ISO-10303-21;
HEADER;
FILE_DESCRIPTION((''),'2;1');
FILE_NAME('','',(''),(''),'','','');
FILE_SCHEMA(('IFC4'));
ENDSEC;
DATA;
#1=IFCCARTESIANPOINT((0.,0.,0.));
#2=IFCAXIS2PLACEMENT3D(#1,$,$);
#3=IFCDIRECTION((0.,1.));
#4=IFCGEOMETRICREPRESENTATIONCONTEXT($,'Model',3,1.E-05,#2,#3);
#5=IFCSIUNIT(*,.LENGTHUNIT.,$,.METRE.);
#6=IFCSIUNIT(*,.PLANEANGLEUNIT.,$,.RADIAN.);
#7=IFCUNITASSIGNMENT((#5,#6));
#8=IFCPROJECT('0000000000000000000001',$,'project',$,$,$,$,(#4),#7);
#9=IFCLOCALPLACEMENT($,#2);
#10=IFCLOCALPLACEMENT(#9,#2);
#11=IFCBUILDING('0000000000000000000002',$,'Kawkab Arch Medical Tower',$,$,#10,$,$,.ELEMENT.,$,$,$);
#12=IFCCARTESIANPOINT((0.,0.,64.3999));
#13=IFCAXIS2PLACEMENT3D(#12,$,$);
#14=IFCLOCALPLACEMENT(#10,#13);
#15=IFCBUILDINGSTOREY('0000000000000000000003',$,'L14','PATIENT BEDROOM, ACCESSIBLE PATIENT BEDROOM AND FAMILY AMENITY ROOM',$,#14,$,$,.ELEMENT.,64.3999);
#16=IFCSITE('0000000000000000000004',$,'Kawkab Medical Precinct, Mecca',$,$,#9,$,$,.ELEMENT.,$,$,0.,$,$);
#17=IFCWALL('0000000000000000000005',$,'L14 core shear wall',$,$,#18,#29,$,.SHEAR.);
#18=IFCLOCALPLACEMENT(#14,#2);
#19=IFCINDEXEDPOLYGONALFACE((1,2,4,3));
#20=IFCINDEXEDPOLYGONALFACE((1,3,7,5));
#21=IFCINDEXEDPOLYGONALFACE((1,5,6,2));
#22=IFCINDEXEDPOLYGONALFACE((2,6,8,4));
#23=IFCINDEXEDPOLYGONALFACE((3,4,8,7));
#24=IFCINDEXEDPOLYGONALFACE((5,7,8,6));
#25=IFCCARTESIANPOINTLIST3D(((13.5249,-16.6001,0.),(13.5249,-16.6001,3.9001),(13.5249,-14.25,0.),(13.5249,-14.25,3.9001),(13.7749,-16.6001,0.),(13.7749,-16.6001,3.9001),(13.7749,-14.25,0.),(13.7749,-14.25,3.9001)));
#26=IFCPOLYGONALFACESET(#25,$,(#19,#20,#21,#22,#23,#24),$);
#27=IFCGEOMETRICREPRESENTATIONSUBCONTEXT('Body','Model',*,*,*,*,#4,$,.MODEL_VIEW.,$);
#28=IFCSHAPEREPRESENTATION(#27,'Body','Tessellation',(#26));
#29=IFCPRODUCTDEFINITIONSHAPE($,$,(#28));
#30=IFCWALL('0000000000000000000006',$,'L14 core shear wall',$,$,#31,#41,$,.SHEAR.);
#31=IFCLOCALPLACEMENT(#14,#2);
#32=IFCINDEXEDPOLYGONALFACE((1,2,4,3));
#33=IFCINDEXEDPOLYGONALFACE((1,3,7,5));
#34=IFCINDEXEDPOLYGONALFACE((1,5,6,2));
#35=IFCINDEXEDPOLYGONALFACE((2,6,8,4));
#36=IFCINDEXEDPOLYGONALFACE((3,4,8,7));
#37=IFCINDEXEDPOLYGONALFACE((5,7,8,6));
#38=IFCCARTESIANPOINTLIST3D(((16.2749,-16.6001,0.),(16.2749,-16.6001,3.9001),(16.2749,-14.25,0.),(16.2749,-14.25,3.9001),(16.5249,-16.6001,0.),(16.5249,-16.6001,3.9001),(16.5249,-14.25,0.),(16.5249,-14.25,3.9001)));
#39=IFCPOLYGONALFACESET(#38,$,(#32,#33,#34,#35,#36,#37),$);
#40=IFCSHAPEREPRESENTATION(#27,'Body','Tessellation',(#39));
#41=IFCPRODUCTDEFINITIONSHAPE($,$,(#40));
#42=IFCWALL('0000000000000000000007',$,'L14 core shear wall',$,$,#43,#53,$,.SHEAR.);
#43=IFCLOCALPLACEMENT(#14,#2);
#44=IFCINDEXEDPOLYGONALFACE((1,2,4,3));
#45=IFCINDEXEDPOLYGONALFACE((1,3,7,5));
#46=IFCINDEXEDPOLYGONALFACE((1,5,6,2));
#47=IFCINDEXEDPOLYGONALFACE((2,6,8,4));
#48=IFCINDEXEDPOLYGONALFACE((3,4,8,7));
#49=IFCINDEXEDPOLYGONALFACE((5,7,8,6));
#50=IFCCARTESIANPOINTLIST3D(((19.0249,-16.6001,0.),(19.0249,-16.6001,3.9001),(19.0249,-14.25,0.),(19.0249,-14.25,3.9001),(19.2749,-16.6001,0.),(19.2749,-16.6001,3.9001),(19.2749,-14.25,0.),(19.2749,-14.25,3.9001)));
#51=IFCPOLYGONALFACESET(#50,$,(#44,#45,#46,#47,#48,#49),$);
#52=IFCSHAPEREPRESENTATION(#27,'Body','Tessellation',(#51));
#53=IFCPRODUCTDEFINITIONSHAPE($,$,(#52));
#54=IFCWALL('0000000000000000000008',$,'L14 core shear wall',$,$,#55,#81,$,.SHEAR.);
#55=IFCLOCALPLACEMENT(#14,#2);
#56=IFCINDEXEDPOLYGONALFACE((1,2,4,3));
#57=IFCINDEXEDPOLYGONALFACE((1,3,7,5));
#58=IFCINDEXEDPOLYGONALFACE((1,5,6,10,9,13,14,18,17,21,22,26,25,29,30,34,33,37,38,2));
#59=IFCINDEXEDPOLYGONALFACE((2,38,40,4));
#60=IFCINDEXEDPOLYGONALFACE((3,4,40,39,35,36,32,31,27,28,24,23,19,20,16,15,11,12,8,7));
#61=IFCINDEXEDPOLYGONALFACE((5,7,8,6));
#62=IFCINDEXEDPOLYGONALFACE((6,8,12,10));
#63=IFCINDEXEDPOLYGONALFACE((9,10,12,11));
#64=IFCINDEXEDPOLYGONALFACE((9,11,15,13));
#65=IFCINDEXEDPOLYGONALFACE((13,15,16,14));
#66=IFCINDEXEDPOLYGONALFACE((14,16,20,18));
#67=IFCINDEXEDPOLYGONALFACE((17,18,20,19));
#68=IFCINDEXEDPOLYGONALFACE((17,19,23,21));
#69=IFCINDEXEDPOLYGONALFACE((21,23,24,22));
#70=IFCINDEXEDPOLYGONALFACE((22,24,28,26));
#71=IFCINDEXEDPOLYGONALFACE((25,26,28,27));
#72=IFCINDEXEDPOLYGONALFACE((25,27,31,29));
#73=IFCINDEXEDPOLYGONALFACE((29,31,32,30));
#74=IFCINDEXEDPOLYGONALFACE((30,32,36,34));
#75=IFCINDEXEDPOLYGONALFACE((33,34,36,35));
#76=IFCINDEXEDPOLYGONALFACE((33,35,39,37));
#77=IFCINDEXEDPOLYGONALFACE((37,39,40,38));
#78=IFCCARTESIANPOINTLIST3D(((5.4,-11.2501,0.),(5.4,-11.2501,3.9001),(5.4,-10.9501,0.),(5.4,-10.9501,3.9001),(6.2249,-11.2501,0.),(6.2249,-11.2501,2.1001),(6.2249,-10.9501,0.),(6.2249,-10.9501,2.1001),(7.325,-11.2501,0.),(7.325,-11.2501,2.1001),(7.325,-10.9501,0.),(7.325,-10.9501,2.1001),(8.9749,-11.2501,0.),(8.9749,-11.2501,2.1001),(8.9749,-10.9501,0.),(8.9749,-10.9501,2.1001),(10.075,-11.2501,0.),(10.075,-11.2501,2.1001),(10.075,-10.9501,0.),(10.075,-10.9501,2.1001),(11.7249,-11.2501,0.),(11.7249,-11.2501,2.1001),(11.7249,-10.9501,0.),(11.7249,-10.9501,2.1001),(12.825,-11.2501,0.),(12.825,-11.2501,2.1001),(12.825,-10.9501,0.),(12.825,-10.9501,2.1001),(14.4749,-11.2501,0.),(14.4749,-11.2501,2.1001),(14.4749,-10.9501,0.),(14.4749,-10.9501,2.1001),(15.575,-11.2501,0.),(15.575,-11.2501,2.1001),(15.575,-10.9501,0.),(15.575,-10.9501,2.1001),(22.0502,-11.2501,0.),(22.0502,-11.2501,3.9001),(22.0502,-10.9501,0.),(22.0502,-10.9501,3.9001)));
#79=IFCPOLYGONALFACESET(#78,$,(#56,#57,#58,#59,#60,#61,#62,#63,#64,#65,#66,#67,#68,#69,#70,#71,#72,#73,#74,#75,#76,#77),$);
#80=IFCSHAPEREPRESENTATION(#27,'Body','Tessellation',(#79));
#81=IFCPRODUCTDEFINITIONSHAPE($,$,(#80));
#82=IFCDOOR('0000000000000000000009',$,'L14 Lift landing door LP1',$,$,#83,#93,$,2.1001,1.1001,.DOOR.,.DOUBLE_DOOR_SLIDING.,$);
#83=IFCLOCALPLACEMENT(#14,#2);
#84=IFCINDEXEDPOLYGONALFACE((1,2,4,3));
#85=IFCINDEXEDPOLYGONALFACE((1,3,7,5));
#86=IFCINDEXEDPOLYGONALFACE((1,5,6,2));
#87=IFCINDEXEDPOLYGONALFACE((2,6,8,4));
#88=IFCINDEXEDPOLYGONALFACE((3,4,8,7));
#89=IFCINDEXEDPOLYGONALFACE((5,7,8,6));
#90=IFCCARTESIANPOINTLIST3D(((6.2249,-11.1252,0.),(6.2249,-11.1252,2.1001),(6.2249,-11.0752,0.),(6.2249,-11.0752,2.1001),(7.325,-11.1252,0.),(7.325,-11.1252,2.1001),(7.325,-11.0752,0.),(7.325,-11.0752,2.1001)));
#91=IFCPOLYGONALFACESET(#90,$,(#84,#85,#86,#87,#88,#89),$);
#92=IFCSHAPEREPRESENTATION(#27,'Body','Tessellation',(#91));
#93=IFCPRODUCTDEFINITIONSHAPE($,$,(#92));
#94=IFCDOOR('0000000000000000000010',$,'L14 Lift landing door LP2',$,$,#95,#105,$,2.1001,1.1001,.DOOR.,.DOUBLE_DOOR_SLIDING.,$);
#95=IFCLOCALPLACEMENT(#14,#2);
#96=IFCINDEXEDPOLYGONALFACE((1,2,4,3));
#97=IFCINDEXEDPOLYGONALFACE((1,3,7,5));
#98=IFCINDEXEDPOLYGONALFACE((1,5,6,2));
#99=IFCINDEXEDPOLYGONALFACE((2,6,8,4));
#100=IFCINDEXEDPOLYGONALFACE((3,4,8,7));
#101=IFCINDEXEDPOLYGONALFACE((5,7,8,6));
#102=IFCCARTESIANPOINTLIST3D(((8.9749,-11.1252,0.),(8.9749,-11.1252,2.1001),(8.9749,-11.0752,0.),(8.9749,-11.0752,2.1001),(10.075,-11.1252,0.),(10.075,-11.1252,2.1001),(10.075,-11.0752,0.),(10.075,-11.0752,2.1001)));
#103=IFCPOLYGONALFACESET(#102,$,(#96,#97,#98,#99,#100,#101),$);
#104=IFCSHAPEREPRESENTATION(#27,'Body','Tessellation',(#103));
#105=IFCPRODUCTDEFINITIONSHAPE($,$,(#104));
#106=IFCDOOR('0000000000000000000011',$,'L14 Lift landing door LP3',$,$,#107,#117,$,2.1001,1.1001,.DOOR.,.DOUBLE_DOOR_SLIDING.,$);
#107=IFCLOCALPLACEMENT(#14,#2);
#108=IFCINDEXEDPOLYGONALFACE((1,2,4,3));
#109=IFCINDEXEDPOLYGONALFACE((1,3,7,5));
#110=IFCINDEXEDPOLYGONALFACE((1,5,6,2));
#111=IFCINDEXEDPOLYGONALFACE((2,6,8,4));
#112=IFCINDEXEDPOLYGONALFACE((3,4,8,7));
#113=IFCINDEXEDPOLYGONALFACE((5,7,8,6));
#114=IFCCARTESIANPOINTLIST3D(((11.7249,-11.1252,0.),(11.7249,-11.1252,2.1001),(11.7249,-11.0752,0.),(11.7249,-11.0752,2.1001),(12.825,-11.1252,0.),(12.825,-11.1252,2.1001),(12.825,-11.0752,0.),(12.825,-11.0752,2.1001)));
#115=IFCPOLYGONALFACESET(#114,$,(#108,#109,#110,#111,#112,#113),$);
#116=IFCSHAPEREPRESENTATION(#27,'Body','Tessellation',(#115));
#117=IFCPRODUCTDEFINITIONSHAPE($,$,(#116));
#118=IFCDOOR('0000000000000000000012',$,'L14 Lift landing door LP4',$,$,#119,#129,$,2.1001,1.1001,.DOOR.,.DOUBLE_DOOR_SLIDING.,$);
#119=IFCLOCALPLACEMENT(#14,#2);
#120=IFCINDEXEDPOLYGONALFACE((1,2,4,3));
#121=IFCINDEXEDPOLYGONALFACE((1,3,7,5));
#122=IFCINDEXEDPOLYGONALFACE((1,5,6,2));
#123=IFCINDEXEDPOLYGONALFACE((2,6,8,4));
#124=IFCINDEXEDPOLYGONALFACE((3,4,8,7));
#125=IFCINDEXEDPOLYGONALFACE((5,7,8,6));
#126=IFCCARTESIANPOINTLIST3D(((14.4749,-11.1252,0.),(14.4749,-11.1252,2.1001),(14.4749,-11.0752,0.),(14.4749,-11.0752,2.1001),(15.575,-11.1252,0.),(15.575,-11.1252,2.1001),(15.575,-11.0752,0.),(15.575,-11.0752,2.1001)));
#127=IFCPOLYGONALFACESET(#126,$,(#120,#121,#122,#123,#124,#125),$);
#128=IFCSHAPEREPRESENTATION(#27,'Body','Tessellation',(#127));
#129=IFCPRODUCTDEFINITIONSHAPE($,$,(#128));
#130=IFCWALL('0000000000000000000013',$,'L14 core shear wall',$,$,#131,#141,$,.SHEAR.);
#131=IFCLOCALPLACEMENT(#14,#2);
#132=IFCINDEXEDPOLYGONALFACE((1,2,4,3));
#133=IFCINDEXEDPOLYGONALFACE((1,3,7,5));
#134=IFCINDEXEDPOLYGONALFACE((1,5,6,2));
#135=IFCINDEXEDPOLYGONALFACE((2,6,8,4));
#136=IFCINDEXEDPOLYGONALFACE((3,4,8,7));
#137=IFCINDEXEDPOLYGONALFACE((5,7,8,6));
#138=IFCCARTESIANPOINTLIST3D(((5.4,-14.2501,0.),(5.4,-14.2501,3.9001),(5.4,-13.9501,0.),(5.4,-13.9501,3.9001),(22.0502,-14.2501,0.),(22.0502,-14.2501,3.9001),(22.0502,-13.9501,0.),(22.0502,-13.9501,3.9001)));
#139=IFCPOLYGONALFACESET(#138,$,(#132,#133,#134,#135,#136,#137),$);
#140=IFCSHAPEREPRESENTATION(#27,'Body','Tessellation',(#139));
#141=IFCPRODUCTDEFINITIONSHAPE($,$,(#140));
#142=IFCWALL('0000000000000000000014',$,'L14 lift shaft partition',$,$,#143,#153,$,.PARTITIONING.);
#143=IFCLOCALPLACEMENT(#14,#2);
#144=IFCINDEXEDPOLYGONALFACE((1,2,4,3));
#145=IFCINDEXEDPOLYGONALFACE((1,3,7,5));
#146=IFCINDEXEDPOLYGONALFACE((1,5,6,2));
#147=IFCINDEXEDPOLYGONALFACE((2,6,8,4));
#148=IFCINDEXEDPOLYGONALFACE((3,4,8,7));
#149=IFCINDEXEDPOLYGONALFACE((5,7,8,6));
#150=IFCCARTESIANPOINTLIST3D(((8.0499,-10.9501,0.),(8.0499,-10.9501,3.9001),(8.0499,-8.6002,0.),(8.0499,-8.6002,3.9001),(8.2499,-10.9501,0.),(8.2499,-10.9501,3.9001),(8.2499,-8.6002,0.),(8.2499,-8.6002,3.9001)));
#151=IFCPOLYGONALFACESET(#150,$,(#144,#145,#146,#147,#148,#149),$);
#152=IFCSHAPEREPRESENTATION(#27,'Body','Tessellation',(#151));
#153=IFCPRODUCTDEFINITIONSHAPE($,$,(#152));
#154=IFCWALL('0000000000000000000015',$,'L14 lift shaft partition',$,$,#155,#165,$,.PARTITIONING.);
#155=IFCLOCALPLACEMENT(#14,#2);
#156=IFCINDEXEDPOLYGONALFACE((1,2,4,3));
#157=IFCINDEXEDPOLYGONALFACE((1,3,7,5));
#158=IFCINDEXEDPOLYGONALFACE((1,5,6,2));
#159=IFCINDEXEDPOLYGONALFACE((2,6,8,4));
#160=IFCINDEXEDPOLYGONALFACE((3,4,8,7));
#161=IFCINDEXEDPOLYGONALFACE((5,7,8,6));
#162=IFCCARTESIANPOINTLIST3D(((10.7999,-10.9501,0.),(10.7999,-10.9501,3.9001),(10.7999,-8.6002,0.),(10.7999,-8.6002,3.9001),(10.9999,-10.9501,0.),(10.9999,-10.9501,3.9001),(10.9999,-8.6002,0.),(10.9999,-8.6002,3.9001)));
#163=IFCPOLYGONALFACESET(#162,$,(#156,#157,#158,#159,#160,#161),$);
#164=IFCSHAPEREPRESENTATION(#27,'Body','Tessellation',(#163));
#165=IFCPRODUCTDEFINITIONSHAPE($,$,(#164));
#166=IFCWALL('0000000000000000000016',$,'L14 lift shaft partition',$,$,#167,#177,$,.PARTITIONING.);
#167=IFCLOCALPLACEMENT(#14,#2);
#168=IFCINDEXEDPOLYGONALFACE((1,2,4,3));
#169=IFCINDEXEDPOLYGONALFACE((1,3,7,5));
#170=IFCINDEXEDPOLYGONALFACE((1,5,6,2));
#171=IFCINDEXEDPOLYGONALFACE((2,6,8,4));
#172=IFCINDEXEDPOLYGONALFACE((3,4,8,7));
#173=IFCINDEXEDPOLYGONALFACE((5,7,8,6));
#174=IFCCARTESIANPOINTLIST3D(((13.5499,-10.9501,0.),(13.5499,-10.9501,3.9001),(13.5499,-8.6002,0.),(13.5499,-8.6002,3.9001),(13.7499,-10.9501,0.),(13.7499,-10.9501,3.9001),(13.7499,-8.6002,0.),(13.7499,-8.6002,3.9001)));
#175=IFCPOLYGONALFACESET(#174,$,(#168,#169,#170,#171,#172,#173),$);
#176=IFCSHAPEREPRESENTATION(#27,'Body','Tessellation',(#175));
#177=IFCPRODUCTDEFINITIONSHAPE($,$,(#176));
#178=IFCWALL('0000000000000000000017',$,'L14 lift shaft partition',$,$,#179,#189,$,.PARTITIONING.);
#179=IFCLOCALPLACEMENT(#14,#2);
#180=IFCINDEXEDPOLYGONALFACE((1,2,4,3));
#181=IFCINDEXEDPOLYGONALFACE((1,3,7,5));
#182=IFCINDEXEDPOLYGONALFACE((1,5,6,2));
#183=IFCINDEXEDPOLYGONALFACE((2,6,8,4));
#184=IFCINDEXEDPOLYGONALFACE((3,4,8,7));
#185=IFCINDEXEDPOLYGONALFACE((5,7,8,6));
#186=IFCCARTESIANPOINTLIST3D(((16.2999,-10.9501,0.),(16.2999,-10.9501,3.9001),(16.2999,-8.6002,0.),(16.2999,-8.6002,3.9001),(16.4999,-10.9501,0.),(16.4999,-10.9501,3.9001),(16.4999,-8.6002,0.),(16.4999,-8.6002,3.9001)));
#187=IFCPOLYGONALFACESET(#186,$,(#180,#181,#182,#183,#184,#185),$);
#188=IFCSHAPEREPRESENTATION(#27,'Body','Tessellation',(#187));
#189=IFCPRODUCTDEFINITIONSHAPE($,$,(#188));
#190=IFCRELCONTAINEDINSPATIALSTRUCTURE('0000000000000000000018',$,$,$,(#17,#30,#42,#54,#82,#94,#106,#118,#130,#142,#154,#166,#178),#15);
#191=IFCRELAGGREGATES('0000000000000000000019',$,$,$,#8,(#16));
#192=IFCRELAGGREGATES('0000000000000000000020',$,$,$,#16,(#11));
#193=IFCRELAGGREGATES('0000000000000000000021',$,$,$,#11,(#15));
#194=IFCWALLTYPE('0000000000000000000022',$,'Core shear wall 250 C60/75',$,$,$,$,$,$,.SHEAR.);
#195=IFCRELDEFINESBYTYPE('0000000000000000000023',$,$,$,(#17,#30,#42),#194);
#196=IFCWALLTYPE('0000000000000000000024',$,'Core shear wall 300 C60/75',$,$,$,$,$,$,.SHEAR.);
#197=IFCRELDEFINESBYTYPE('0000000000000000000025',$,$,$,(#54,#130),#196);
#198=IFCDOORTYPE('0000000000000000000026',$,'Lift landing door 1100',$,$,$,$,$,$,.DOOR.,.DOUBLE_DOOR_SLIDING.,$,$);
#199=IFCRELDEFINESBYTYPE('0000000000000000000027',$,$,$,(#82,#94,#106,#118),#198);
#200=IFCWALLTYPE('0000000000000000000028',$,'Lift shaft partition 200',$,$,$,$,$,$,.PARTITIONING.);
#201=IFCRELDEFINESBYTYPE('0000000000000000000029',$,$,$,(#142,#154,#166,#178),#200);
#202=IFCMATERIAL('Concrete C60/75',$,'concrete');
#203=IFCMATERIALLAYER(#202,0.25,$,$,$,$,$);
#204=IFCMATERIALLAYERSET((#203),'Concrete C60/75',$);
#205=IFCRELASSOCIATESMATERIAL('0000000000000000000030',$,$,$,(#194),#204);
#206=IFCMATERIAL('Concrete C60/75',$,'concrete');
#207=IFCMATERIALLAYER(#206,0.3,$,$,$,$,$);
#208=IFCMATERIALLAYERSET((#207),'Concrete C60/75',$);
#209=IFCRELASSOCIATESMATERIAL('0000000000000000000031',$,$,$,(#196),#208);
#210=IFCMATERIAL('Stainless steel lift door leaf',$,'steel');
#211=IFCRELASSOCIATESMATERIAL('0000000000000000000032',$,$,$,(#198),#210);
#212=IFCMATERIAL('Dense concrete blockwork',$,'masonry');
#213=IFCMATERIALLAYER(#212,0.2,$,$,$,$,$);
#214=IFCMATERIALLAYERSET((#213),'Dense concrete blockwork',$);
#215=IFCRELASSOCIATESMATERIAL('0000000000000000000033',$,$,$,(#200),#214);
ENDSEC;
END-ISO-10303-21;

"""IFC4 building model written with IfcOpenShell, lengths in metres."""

from ifc_helpers import new_model, si_unit, direction, frame, frame_2d, origin, place, context, subcontext, project, spatial, rectangle, extrude, material, layer, layer_set, type_object, element, fill, save


model = new_model("IFC4")

# Units and contexts
model_context = context("Model", 3, precision=1e-05, world=origin(), true_north=direction((0.0, 1.0)))
body_context = subcontext(model_context, "Body", "Model", "MODEL_VIEW")
ifc_project = project(units=[si_unit("LENGTHUNIT", "METRE"), si_unit("PLANEANGLEUNIT", "RADIAN")], contexts=[model_context])

# Site, building, storey
site_placement = place(None, origin())
site = spatial("IfcSite", under=ifc_project, at=site_placement, Name="Kawkab Medical Precinct, Mecca", CompositionType="ELEMENT", RefElevation=0.0)
building_placement = place(site_placement, origin())
building = spatial("IfcBuilding", under=site, at=building_placement, Name="Kawkab Arch Medical Tower", CompositionType="ELEMENT")
storey_placement = place(building_placement, frame((0.0, 0.0, 64.3999)))
storey = spatial("IfcBuildingStorey", under=building, at=storey_placement, Name="L14", Description="PATIENT BEDROOM, ACCESSIBLE PATIENT BEDROOM AND FAMILY AMENITY ROOM", CompositionType="ELEMENT", Elevation=64.3999)

# Walls
ifc_material_1 = material(Name="Concrete C60/75", Category="concrete")
ifc_layer_1 = layer(ifc_material_1, 0.25)
ifc_layer_set_1 = layer_set([ifc_layer_1], Name="Concrete C60/75")
wall_type_1 = type_object("IfcWallType", Name="Core shear wall 250 C60/75", PredefinedType="SHEAR", material=ifc_layer_set_1)
for number, where, z_axis, x_axis, name in (
    (1, (13.6499, -16.6001, 0.0), (0.0, 0.0, 1.0), (0.0, 1.0, 0.0), "L14 core shear wall"),
    (2, (16.3999, -16.6001, 0.0), (0.0, 0.0, 1.0), (0.0, 1.0, 0.0), "L14 core shear wall"),
    (3, (19.1499, -16.6001, 0.0), (0.0, 0.0, 1.0), (0.0, 1.0, 0.0), "L14 core shear wall"),
):
    element("IfcWall", number, at=place(storey_placement, frame(where, z_axis=z_axis, x_axis=x_axis)), inside=storey, type_object=wall_type_1, Name=name, PredefinedType="SHEAR", context=body_context, shape_type="SweptSolid", body=[
        extrude(rectangle(XDim=2.3501, YDim=0.25, at=frame_2d((1.175, 0.0))), origin(), (0.0, 0.0, 1.0), 3.9001),
    ])

# Wall, openings, doors
ifc_material_2 = material(Name="Concrete C60/75", Category="concrete")
ifc_layer_2 = layer(ifc_material_2, 0.3)
ifc_layer_set_2 = layer_set([ifc_layer_2], Name="Concrete C60/75")
wall_type_2 = type_object("IfcWallType", Name="Core shear wall 300 C60/75", PredefinedType="SHEAR", material=ifc_layer_set_2)
wall_1_placement = place(storey_placement, frame((5.3999, -11.1001, 0.0), z_axis=(0.0, 0.0, 1.0), x_axis=(1.0, 0.0, 0.0)))
wall_1 = element("IfcWall", 4, at=wall_1_placement, inside=storey, type_object=wall_type_2, Name="L14 core shear wall", PredefinedType="SHEAR", context=body_context, shape_type="SweptSolid", body=[
    extrude(rectangle(XDim=16.6501, YDim=0.3, at=frame_2d((8.3252, 0.0))), origin(), (0.0, 0.0, 1.0), 3.9001),
])
opening_1_placement = place(wall_1_placement, frame((0.825, 0.0, 0.0)))
opening_1 = element("IfcOpeningElement", 5, at=opening_1_placement, cuts=wall_1, PredefinedType="OPENING", context=body_context, shape_type="SweptSolid", body=[
    extrude(rectangle(XDim=1.1001, YDim=2.1001, at=frame_2d((0.55, 1.05))), frame((0.0, 0.1599, 0.0), z_axis=(0.0, -1.0, 0.0), x_axis=(1.0, 0.0, 0.0)), (0.0, 0.0, 1.0), 0.3201),
])
opening_2_placement = place(wall_1_placement, frame((3.575, 0.0, 0.0)))
opening_2 = element("IfcOpeningElement", 6, at=opening_2_placement, cuts=wall_1, PredefinedType="OPENING", context=body_context, shape_type="SweptSolid", body=[
    extrude(rectangle(XDim=1.1001, YDim=2.1001, at=frame_2d((0.55, 1.05))), frame((0.0, 0.1599, 0.0), z_axis=(0.0, -1.0, 0.0), x_axis=(1.0, 0.0, 0.0)), (0.0, 0.0, 1.0), 0.3201),
])
opening_3_placement = place(wall_1_placement, frame((6.325, 0.0, 0.0)))
opening_3 = element("IfcOpeningElement", 7, at=opening_3_placement, cuts=wall_1, PredefinedType="OPENING", context=body_context, shape_type="SweptSolid", body=[
    extrude(rectangle(XDim=1.1001, YDim=2.1001, at=frame_2d((0.55, 1.05))), frame((0.0, 0.1599, 0.0), z_axis=(0.0, -1.0, 0.0), x_axis=(1.0, 0.0, 0.0)), (0.0, 0.0, 1.0), 0.3201),
])
opening_4_placement = place(wall_1_placement, frame((9.075, 0.0, 0.0)))
opening_4 = element("IfcOpeningElement", 8, at=opening_4_placement, cuts=wall_1, PredefinedType="OPENING", context=body_context, shape_type="SweptSolid", body=[
    extrude(rectangle(XDim=1.1001, YDim=2.1001, at=frame_2d((0.55, 1.05))), frame((0.0, 0.1599, 0.0), z_axis=(0.0, -1.0, 0.0), x_axis=(1.0, 0.0, 0.0)), (0.0, 0.0, 1.0), 0.3201),
])
ifc_material_3 = material(Name="Stainless steel lift door leaf", Category="steel")
door_type = type_object("IfcDoorType", Name="Lift landing door 1100", OperationType="DOUBLE_DOOR_SLIDING", PredefinedType="DOOR", material=ifc_material_3)
door_1_placement = place(opening_1_placement, origin())
door_1 = element("IfcDoor", 9, at=door_1_placement, inside=storey, type_object=door_type, Name="L14 Lift landing door LP1", OperationType="DOUBLE_DOOR_SLIDING", OverallHeight=2.1001, OverallWidth=1.1001, PredefinedType="DOOR", context=body_context, shape_type="SweptSolid", body=[
    extrude(rectangle(XDim=1.1001, YDim=2.1001, at=frame_2d((0.55, 1.05))), frame((0.0, 0.0249, 0.0), z_axis=(0.0, -1.0, 0.0), x_axis=(1.0, 0.0, 0.0)), (0.0, 0.0, 1.0), 0.05),
])
fill(opening_1, door_1)
door_2_placement = place(opening_2_placement, origin())
door_2 = element("IfcDoor", 10, at=door_2_placement, inside=storey, type_object=door_type, Name="L14 Lift landing door LP2", OperationType="DOUBLE_DOOR_SLIDING", OverallHeight=2.1001, OverallWidth=1.1001, PredefinedType="DOOR", context=body_context, shape_type="SweptSolid", body=[
    extrude(rectangle(XDim=1.1001, YDim=2.1001, at=frame_2d((0.55, 1.05))), frame((0.0, 0.0249, 0.0), z_axis=(0.0, -1.0, 0.0), x_axis=(1.0, 0.0, 0.0)), (0.0, 0.0, 1.0), 0.05),
])
fill(opening_2, door_2)
door_3_placement = place(opening_3_placement, origin())
door_3 = element("IfcDoor", 11, at=door_3_placement, inside=storey, type_object=door_type, Name="L14 Lift landing door LP3", OperationType="DOUBLE_DOOR_SLIDING", OverallHeight=2.1001, OverallWidth=1.1001, PredefinedType="DOOR", context=body_context, shape_type="SweptSolid", body=[
    extrude(rectangle(XDim=1.1001, YDim=2.1001, at=frame_2d((0.55, 1.05))), frame((0.0, 0.0249, 0.0), z_axis=(0.0, -1.0, 0.0), x_axis=(1.0, 0.0, 0.0)), (0.0, 0.0, 1.0), 0.05),
])
fill(opening_3, door_3)
door_4_placement = place(opening_4_placement, origin())
door_4 = element("IfcDoor", 12, at=door_4_placement, inside=storey, type_object=door_type, Name="L14 Lift landing door LP4", OperationType="DOUBLE_DOOR_SLIDING", OverallHeight=2.1001, OverallWidth=1.1001, PredefinedType="DOOR", context=body_context, shape_type="SweptSolid", body=[
    extrude(rectangle(XDim=1.1001, YDim=2.1001, at=frame_2d((0.55, 1.05))), frame((0.0, 0.0249, 0.0), z_axis=(0.0, -1.0, 0.0), x_axis=(1.0, 0.0, 0.0)), (0.0, 0.0, 1.0), 0.05),
])
fill(opening_4, door_4)

# Walls
wall_2_placement = place(storey_placement, frame((5.3999, -14.1001, 0.0), z_axis=(0.0, 0.0, 1.0), x_axis=(1.0, 0.0, 0.0)))
element("IfcWall", 13, at=wall_2_placement, inside=storey, type_object=wall_type_2, Name="L14 core shear wall", PredefinedType="SHEAR", context=body_context, shape_type="SweptSolid", body=[
    extrude(rectangle(XDim=16.6501, YDim=0.3, at=frame_2d((8.3252, 0.0))), origin(), (0.0, 0.0, 1.0), 3.9001),
])
ifc_material_4 = material(Name="Dense concrete blockwork", Category="masonry")
ifc_layer_3 = layer(ifc_material_4, 0.2)
ifc_layer_set_3 = layer_set([ifc_layer_3], Name="Dense concrete blockwork")
wall_type_3 = type_object("IfcWallType", Name="Lift shaft partition 200", PredefinedType="PARTITIONING", material=ifc_layer_set_3)
for number, where, z_axis, x_axis, name in (
    (14, (8.1499, -10.95, 0.0), (0.0, 0.0, 1.0), (0.0, 1.0, 0.0), "L14 lift shaft partition"),
    (15, (10.8999, -10.95, 0.0), (0.0, 0.0, 1.0), (0.0, 1.0, 0.0), "L14 lift shaft partition"),
    (16, (13.6499, -10.95, 0.0), (0.0, 0.0, 1.0), (0.0, 1.0, 0.0), "L14 lift shaft partition"),
    (17, (16.3999, -10.95, 0.0), (0.0, 0.0, 1.0), (0.0, 1.0, 0.0), "L14 lift shaft partition"),
):
    element("IfcWall", number, at=place(storey_placement, frame(where, z_axis=z_axis, x_axis=x_axis)), inside=storey, type_object=wall_type_3, Name=name, PredefinedType="PARTITIONING", context=body_context, shape_type="SweptSolid", body=[
        extrude(rectangle(XDim=2.3499, YDim=0.2, at=frame_2d((1.1748, 0.0))), origin(), (0.0, 0.0, 1.0), 3.9001),
    ])

save(model, "model.ifc")
